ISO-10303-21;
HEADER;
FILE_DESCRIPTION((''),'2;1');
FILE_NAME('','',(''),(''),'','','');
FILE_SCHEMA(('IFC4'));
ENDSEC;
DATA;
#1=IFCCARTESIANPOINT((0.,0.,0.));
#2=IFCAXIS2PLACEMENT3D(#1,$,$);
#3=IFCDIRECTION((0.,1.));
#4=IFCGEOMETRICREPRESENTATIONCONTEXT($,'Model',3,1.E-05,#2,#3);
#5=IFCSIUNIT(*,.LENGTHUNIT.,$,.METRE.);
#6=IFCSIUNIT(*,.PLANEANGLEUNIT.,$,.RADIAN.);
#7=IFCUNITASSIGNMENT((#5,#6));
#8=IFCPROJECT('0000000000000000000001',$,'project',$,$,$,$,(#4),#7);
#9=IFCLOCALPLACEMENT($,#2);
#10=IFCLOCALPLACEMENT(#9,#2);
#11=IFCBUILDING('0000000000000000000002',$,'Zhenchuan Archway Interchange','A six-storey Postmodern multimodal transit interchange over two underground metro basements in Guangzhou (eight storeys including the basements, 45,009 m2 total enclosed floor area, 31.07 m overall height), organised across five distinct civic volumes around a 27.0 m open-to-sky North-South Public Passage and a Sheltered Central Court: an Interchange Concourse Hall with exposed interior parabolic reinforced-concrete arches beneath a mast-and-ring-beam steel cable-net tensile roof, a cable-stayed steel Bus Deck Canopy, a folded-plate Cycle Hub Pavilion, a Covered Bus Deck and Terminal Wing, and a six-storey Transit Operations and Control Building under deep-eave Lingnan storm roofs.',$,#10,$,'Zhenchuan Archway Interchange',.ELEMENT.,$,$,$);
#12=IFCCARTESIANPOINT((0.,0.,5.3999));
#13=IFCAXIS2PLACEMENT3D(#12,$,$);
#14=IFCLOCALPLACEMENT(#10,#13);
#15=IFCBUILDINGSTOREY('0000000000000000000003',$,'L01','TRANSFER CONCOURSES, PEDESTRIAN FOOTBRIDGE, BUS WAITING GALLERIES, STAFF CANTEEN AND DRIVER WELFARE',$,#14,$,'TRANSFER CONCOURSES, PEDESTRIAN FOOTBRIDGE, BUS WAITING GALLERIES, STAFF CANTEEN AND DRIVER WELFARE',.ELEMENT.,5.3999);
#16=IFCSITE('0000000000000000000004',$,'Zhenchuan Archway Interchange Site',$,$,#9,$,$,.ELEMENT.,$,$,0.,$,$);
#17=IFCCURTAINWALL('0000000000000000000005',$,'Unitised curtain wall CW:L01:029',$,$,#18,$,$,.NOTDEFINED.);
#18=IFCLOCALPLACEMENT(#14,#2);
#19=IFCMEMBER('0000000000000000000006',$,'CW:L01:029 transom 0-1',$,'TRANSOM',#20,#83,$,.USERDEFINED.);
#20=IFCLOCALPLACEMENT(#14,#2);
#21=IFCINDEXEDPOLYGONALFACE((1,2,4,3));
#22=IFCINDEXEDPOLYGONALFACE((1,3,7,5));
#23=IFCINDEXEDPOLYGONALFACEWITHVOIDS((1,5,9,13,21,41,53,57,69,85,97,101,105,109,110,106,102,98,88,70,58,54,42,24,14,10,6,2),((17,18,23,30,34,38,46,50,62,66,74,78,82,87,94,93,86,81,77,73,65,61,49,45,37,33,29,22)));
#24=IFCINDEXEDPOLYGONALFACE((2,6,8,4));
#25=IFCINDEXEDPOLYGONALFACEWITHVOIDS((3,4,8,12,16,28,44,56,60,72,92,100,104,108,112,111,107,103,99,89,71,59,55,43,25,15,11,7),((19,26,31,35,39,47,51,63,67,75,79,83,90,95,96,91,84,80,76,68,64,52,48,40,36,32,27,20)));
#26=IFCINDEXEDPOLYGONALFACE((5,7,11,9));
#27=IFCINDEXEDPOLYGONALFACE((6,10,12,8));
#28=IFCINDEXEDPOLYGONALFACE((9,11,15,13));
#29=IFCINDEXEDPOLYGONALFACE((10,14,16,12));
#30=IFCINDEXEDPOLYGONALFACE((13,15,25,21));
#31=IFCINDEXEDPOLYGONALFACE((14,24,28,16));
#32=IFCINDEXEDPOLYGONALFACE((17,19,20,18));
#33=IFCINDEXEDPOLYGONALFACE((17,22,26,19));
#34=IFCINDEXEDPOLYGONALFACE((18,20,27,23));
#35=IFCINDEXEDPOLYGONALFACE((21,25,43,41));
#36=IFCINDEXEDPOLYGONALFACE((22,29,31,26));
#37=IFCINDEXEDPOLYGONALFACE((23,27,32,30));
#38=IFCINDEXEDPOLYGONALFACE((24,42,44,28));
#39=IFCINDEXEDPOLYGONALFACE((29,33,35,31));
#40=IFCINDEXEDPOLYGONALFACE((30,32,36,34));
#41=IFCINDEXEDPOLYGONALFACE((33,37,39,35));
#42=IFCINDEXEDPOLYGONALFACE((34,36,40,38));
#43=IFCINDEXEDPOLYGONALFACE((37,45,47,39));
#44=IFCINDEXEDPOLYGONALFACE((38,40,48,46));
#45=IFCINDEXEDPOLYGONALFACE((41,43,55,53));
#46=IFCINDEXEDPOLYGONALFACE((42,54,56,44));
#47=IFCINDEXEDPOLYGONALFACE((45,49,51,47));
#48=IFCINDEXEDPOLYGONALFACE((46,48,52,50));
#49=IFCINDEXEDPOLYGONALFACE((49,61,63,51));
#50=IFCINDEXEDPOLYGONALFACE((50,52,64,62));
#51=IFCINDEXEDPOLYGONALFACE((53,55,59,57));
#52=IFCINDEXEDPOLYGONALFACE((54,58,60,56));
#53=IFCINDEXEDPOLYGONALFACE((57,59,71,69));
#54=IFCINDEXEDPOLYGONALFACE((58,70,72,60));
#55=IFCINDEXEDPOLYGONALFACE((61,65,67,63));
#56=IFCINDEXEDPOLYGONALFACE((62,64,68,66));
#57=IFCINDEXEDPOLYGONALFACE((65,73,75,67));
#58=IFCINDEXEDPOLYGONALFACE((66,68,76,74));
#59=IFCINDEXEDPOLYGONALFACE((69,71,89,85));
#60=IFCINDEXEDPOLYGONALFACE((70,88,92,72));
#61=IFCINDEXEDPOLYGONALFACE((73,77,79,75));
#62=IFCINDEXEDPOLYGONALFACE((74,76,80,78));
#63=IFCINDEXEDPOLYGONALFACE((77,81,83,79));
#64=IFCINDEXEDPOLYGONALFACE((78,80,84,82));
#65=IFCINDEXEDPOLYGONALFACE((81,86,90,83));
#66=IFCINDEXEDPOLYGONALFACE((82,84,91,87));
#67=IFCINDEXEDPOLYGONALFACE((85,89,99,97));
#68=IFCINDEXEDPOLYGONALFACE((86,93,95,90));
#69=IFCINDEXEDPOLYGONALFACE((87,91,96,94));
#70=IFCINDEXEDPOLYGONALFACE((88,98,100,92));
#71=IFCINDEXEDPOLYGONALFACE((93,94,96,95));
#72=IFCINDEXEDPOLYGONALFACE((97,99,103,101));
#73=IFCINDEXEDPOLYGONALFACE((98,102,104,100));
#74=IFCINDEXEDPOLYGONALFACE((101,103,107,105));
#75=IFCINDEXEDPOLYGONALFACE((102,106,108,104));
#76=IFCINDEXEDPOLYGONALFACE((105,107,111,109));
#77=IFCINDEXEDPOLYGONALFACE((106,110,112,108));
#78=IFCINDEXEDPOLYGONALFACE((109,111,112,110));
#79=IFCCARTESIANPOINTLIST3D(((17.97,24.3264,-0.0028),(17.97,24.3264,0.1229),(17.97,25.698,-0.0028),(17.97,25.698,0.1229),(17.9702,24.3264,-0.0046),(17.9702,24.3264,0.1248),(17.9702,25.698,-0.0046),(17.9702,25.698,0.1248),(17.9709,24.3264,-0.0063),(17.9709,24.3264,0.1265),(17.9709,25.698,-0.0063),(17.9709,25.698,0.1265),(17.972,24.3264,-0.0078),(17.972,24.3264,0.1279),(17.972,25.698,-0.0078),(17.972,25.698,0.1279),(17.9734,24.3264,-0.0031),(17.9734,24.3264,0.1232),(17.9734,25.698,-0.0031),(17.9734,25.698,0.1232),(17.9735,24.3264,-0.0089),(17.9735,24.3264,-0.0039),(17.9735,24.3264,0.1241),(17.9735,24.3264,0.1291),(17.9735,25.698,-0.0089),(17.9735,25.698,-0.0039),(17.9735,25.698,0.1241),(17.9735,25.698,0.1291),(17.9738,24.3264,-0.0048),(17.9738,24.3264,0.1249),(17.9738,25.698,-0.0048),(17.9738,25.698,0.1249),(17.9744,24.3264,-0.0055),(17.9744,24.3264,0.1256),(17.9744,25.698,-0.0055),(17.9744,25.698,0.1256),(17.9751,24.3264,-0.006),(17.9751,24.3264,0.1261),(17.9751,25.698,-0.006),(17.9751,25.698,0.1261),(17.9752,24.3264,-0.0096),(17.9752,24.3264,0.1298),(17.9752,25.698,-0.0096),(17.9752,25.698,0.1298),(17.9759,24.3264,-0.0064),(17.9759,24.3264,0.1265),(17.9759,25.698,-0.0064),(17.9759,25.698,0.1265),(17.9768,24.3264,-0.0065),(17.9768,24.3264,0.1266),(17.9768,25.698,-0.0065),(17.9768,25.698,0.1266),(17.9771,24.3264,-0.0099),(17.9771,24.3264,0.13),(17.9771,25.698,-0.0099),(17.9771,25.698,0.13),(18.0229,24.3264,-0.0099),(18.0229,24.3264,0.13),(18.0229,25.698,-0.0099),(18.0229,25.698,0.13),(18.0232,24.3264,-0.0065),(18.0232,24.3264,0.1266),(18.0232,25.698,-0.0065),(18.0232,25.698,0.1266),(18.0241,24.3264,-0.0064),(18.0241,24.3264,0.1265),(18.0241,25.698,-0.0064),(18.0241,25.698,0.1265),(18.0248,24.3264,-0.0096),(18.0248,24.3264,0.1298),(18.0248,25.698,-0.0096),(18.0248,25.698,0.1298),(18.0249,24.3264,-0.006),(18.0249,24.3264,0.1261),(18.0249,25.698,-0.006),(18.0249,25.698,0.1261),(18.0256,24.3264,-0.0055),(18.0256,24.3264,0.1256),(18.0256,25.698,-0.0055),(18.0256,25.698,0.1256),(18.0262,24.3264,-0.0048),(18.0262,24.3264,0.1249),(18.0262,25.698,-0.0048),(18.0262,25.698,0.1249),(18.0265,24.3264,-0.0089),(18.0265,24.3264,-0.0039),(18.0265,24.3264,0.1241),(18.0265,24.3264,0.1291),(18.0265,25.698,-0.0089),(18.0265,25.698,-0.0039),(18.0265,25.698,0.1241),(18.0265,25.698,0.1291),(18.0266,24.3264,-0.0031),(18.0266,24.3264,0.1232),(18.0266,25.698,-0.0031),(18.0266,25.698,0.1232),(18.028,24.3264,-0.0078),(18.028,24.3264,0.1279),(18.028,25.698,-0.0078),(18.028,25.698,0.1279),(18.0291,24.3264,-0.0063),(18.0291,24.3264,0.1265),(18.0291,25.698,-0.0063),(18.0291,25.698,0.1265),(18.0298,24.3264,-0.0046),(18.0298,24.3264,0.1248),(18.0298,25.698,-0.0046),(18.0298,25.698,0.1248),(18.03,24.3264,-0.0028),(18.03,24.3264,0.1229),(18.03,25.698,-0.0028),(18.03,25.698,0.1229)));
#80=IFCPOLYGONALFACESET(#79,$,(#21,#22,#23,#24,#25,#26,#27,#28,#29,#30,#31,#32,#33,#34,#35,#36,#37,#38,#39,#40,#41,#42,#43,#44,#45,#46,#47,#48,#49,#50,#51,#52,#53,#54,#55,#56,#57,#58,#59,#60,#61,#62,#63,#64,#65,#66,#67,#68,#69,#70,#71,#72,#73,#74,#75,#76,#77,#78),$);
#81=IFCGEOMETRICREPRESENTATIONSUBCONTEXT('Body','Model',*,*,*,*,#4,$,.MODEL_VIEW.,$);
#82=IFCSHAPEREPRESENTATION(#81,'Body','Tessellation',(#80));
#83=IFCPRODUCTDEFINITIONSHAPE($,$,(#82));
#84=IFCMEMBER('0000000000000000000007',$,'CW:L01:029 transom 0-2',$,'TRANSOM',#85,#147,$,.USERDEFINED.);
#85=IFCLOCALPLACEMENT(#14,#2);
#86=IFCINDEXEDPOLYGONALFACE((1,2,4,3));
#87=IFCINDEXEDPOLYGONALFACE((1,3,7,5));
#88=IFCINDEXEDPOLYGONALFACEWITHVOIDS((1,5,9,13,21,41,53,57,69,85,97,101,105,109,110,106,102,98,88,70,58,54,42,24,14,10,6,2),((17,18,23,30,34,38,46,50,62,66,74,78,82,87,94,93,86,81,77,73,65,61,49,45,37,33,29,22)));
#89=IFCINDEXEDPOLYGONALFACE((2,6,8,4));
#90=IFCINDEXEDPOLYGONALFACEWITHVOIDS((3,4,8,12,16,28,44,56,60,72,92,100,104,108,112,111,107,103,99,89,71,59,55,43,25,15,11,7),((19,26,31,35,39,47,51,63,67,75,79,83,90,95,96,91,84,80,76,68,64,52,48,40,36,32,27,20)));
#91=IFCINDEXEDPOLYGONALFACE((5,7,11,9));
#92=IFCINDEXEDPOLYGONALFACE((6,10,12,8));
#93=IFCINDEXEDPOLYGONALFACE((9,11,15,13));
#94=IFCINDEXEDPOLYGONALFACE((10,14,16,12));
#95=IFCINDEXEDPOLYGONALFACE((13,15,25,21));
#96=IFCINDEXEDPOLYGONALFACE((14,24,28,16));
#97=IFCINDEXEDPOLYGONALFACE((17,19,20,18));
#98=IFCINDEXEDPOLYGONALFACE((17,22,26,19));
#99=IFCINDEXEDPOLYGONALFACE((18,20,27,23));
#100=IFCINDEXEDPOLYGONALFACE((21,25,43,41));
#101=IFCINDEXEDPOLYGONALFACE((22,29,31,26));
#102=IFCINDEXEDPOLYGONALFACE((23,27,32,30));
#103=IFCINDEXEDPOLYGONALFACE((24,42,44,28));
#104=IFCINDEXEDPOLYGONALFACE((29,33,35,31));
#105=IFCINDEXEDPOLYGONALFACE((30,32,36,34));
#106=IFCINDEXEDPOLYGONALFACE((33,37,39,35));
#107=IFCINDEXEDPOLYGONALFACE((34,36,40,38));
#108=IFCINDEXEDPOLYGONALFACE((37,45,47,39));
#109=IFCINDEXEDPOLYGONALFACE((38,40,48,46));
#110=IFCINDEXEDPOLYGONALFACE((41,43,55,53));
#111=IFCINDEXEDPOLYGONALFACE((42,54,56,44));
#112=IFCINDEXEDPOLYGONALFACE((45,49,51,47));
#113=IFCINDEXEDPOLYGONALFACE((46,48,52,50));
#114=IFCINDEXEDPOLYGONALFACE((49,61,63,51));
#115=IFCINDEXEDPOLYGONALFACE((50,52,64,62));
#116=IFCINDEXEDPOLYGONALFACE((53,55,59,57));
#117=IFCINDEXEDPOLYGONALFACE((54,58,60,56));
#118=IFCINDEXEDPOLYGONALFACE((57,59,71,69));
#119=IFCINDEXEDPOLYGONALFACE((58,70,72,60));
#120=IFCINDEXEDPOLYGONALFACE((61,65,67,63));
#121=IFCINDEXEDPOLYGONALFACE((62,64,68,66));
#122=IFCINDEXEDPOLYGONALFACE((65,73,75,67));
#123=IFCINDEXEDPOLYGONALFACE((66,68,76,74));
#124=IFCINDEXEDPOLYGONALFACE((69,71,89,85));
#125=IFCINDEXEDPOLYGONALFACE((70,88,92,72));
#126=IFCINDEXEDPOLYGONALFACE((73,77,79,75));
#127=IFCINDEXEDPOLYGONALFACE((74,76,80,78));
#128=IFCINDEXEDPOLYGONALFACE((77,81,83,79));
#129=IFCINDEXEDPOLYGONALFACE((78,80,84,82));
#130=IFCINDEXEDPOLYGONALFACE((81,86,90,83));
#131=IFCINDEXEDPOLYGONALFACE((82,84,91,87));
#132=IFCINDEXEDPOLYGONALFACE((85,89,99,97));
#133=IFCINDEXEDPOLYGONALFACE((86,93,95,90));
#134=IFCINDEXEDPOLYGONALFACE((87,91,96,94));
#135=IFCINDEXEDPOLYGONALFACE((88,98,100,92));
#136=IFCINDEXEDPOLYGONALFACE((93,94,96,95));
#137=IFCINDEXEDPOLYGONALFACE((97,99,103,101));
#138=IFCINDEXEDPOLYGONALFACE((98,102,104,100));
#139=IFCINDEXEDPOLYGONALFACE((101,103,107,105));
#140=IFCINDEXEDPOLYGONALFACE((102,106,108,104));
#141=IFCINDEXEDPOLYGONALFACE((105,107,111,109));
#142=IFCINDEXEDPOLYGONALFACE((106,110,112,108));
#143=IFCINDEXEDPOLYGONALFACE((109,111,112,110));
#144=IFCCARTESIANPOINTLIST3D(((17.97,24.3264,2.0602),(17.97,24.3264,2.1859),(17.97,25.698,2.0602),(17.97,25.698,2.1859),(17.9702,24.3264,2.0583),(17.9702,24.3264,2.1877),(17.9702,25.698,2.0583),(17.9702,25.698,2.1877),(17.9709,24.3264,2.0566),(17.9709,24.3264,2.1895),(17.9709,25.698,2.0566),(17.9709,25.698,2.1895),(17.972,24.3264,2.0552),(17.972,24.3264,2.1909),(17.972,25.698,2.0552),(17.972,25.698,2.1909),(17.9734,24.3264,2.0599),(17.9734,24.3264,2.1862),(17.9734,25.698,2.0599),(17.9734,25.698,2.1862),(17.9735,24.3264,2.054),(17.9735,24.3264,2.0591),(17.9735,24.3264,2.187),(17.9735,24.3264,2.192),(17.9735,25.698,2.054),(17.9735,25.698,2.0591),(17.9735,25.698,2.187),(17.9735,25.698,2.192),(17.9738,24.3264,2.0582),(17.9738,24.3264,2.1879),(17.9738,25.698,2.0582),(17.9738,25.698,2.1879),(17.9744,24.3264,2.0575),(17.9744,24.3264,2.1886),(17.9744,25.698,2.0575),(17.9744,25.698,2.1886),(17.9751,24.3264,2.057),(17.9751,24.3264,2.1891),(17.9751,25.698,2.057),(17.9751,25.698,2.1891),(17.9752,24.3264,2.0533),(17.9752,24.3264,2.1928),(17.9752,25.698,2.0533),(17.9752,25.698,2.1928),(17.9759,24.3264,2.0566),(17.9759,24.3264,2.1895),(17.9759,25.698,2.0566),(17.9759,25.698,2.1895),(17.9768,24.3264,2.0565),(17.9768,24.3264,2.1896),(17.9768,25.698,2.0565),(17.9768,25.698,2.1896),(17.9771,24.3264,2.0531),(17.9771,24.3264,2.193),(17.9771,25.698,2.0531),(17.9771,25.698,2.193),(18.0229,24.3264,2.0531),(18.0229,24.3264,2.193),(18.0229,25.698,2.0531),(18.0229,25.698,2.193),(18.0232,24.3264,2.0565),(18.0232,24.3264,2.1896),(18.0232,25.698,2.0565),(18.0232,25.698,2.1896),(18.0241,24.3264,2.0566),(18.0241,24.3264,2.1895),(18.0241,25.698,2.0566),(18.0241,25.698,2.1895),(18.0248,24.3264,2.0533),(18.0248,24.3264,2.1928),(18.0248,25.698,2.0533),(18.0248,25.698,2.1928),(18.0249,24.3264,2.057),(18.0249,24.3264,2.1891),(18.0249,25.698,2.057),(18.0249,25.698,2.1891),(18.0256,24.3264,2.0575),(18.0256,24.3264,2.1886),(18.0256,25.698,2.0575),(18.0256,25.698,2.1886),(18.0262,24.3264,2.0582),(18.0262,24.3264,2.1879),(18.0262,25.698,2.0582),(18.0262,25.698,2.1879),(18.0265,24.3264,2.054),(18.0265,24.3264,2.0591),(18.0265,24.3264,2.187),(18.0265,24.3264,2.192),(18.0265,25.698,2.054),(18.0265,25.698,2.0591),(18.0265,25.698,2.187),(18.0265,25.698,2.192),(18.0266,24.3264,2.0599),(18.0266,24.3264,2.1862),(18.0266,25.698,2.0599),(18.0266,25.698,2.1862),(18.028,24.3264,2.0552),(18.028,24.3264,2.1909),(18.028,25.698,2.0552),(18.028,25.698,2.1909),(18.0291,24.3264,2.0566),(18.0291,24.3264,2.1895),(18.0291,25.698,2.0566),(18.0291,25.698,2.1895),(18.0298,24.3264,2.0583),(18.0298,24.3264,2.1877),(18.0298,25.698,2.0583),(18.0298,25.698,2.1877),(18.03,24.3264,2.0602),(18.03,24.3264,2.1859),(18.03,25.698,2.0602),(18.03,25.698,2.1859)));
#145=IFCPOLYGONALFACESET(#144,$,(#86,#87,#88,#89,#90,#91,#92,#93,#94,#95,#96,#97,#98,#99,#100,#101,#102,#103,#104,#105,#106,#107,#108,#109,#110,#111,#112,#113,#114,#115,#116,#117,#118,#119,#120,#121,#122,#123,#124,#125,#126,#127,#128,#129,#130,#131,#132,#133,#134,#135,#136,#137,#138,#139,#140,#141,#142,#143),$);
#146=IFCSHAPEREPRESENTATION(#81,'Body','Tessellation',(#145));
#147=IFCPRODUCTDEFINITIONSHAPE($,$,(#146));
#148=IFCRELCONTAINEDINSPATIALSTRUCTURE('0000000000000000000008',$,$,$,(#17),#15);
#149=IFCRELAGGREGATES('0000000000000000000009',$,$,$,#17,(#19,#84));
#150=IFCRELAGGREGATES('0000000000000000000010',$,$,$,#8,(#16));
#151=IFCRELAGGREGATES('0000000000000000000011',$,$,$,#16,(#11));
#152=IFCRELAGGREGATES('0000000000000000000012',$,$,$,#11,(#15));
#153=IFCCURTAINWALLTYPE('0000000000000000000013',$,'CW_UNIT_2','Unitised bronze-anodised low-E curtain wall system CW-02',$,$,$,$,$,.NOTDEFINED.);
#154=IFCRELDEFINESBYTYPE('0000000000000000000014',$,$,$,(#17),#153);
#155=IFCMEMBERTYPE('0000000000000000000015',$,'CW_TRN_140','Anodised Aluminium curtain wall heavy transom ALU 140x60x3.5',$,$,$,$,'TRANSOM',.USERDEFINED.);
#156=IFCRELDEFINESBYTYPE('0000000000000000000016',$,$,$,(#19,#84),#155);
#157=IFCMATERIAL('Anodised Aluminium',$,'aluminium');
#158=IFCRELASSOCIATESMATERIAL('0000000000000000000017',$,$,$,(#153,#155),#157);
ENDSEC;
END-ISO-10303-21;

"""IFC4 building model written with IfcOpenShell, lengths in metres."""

from ifc_helpers import new_model, si_unit, direction, frame, origin, origin_2d, place, context, subcontext, project, spatial, hollow_rectangle, extrude, material, material_profile, profile_set, type_object, element, aggregate, save


model = new_model("IFC4")

# Units and contexts
model_context = context("Model", 3, precision=1e-05, world=origin(), true_north=direction((0.0, 1.0)))
body_context = subcontext(model_context, "Body", "Model", "MODEL_VIEW")
ifc_project = project(units=[si_unit("LENGTHUNIT", "METRE"), si_unit("PLANEANGLEUNIT", "RADIAN")], contexts=[model_context])

# Site, building, storey
site_placement = place(None, origin())
site = spatial("IfcSite", under=ifc_project, at=site_placement, Name="Zhenchuan Archway Interchange Site", CompositionType="ELEMENT", RefElevation=0.0)
building_placement = place(site_placement, origin())
building = spatial("IfcBuilding", under=site, at=building_placement, Name="Zhenchuan Archway Interchange", Description="A six-storey Postmodern multimodal transit interchange over two underground metro basements in Guangzhou (eight storeys including the basements, 45,009 m2 total enclosed floor area, 31.07 m overall height), organised across five distinct civic volumes around a 27.0 m open-to-sky North-South Public Passage and a Sheltered Central Court: an Interchange Concourse Hall with exposed interior parabolic reinforced-concrete arches beneath a mast-and-ring-beam steel cable-net tensile roof, a cable-stayed steel Bus Deck Canopy, a folded-plate Cycle Hub Pavilion, a Covered Bus Deck and Terminal Wing, and a six-storey Transit Operations and Control Building under deep-eave Lingnan storm roofs.", LongName="Zhenchuan Archway Interchange", CompositionType="ELEMENT")
storey_placement = place(building_placement, frame((0.0, 0.0, 5.3999)))
storey = spatial("IfcBuildingStorey", under=building, at=storey_placement, Name="L01", Description="TRANSFER CONCOURSES, PEDESTRIAN FOOTBRIDGE, BUS WAITING GALLERIES, STAFF CANTEEN AND DRIVER WELFARE", LongName="TRANSFER CONCOURSES, PEDESTRIAN FOOTBRIDGE, BUS WAITING GALLERIES, STAFF CANTEEN AND DRIVER WELFARE", CompositionType="ELEMENT", Elevation=5.3999)

# Curtain wall
ifc_material_1 = material(Name="Anodised Aluminium", Category="aluminium")
curtain_wall_type_1 = type_object("IfcCurtainWallType", Name="CW_UNIT_2", Description="Unitised bronze-anodised low-E curtain wall system CW-02", PredefinedType="NOTDEFINED", material=ifc_material_1)
curtain_wall_1_placement = place(storey_placement, origin())
curtain_wall_1 = element("IfcCurtainWall", 1, at=curtain_wall_1_placement, inside=storey, type_object=curtain_wall_type_1, Name="Unitised curtain wall CW:L01:029", PredefinedType="NOTDEFINED")

# Members
ifc_material_profile_1 = material_profile(ifc_material_1, hollow_rectangle(XDim=0.0601, YDim=0.1399, WallThickness=0.0034, InnerFilletRadius=0.0034, OuterFilletRadius=0.0071, at=origin_2d()), Name="ALU 140x60x3.5")
ifc_profile_set_1 = profile_set([ifc_material_profile_1], Name="Anodised Aluminium")
member_type_1 = type_object("IfcMemberType", Name="CW_TRN_140", Description="Anodised Aluminium curtain wall heavy transom ALU 140x60x3.5", ElementType="TRANSOM", PredefinedType="USERDEFINED", material=ifc_profile_set_1)
member_1_placement = place(storey_placement, frame((18.0, 24.3264, 0.0601), z_axis=(0.0, 1.0, 0.0), x_axis=(-1.0, 0.0, 0.0)))
member_1 = element("IfcMember", 2, at=member_1_placement, type_object=member_type_1, Name="CW:L01:029 transom 0-1", ObjectType="TRANSOM", PredefinedType="USERDEFINED", context=body_context, shape_type="SweptSolid", body=[
    extrude(hollow_rectangle(XDim=0.0601, YDim=0.1399, WallThickness=0.0034, InnerFilletRadius=0.0034, OuterFilletRadius=0.0071, at=origin_2d()), origin(), (0.0, 0.0, 1.0), 1.3716),
])
member_2_placement = place(storey_placement, frame((18.0, 24.3264, 2.123), z_axis=(0.0, 1.0, 0.0), x_axis=(-1.0, 0.0, 0.0)))
member_2 = element("IfcMember", 3, at=member_2_placement, type_object=member_type_1, Name="CW:L01:029 transom 0-2", ObjectType="TRANSOM", PredefinedType="USERDEFINED", context=body_context, shape_type="SweptSolid", body=[
    extrude(hollow_rectangle(XDim=0.0601, YDim=0.1399, WallThickness=0.0034, InnerFilletRadius=0.0034, OuterFilletRadius=0.0071, at=origin_2d()), origin(), (0.0, 0.0, 1.0), 1.3716),
])

aggregate(curtain_wall_1, [member_1, member_2])

save(model, "model.ifc")
